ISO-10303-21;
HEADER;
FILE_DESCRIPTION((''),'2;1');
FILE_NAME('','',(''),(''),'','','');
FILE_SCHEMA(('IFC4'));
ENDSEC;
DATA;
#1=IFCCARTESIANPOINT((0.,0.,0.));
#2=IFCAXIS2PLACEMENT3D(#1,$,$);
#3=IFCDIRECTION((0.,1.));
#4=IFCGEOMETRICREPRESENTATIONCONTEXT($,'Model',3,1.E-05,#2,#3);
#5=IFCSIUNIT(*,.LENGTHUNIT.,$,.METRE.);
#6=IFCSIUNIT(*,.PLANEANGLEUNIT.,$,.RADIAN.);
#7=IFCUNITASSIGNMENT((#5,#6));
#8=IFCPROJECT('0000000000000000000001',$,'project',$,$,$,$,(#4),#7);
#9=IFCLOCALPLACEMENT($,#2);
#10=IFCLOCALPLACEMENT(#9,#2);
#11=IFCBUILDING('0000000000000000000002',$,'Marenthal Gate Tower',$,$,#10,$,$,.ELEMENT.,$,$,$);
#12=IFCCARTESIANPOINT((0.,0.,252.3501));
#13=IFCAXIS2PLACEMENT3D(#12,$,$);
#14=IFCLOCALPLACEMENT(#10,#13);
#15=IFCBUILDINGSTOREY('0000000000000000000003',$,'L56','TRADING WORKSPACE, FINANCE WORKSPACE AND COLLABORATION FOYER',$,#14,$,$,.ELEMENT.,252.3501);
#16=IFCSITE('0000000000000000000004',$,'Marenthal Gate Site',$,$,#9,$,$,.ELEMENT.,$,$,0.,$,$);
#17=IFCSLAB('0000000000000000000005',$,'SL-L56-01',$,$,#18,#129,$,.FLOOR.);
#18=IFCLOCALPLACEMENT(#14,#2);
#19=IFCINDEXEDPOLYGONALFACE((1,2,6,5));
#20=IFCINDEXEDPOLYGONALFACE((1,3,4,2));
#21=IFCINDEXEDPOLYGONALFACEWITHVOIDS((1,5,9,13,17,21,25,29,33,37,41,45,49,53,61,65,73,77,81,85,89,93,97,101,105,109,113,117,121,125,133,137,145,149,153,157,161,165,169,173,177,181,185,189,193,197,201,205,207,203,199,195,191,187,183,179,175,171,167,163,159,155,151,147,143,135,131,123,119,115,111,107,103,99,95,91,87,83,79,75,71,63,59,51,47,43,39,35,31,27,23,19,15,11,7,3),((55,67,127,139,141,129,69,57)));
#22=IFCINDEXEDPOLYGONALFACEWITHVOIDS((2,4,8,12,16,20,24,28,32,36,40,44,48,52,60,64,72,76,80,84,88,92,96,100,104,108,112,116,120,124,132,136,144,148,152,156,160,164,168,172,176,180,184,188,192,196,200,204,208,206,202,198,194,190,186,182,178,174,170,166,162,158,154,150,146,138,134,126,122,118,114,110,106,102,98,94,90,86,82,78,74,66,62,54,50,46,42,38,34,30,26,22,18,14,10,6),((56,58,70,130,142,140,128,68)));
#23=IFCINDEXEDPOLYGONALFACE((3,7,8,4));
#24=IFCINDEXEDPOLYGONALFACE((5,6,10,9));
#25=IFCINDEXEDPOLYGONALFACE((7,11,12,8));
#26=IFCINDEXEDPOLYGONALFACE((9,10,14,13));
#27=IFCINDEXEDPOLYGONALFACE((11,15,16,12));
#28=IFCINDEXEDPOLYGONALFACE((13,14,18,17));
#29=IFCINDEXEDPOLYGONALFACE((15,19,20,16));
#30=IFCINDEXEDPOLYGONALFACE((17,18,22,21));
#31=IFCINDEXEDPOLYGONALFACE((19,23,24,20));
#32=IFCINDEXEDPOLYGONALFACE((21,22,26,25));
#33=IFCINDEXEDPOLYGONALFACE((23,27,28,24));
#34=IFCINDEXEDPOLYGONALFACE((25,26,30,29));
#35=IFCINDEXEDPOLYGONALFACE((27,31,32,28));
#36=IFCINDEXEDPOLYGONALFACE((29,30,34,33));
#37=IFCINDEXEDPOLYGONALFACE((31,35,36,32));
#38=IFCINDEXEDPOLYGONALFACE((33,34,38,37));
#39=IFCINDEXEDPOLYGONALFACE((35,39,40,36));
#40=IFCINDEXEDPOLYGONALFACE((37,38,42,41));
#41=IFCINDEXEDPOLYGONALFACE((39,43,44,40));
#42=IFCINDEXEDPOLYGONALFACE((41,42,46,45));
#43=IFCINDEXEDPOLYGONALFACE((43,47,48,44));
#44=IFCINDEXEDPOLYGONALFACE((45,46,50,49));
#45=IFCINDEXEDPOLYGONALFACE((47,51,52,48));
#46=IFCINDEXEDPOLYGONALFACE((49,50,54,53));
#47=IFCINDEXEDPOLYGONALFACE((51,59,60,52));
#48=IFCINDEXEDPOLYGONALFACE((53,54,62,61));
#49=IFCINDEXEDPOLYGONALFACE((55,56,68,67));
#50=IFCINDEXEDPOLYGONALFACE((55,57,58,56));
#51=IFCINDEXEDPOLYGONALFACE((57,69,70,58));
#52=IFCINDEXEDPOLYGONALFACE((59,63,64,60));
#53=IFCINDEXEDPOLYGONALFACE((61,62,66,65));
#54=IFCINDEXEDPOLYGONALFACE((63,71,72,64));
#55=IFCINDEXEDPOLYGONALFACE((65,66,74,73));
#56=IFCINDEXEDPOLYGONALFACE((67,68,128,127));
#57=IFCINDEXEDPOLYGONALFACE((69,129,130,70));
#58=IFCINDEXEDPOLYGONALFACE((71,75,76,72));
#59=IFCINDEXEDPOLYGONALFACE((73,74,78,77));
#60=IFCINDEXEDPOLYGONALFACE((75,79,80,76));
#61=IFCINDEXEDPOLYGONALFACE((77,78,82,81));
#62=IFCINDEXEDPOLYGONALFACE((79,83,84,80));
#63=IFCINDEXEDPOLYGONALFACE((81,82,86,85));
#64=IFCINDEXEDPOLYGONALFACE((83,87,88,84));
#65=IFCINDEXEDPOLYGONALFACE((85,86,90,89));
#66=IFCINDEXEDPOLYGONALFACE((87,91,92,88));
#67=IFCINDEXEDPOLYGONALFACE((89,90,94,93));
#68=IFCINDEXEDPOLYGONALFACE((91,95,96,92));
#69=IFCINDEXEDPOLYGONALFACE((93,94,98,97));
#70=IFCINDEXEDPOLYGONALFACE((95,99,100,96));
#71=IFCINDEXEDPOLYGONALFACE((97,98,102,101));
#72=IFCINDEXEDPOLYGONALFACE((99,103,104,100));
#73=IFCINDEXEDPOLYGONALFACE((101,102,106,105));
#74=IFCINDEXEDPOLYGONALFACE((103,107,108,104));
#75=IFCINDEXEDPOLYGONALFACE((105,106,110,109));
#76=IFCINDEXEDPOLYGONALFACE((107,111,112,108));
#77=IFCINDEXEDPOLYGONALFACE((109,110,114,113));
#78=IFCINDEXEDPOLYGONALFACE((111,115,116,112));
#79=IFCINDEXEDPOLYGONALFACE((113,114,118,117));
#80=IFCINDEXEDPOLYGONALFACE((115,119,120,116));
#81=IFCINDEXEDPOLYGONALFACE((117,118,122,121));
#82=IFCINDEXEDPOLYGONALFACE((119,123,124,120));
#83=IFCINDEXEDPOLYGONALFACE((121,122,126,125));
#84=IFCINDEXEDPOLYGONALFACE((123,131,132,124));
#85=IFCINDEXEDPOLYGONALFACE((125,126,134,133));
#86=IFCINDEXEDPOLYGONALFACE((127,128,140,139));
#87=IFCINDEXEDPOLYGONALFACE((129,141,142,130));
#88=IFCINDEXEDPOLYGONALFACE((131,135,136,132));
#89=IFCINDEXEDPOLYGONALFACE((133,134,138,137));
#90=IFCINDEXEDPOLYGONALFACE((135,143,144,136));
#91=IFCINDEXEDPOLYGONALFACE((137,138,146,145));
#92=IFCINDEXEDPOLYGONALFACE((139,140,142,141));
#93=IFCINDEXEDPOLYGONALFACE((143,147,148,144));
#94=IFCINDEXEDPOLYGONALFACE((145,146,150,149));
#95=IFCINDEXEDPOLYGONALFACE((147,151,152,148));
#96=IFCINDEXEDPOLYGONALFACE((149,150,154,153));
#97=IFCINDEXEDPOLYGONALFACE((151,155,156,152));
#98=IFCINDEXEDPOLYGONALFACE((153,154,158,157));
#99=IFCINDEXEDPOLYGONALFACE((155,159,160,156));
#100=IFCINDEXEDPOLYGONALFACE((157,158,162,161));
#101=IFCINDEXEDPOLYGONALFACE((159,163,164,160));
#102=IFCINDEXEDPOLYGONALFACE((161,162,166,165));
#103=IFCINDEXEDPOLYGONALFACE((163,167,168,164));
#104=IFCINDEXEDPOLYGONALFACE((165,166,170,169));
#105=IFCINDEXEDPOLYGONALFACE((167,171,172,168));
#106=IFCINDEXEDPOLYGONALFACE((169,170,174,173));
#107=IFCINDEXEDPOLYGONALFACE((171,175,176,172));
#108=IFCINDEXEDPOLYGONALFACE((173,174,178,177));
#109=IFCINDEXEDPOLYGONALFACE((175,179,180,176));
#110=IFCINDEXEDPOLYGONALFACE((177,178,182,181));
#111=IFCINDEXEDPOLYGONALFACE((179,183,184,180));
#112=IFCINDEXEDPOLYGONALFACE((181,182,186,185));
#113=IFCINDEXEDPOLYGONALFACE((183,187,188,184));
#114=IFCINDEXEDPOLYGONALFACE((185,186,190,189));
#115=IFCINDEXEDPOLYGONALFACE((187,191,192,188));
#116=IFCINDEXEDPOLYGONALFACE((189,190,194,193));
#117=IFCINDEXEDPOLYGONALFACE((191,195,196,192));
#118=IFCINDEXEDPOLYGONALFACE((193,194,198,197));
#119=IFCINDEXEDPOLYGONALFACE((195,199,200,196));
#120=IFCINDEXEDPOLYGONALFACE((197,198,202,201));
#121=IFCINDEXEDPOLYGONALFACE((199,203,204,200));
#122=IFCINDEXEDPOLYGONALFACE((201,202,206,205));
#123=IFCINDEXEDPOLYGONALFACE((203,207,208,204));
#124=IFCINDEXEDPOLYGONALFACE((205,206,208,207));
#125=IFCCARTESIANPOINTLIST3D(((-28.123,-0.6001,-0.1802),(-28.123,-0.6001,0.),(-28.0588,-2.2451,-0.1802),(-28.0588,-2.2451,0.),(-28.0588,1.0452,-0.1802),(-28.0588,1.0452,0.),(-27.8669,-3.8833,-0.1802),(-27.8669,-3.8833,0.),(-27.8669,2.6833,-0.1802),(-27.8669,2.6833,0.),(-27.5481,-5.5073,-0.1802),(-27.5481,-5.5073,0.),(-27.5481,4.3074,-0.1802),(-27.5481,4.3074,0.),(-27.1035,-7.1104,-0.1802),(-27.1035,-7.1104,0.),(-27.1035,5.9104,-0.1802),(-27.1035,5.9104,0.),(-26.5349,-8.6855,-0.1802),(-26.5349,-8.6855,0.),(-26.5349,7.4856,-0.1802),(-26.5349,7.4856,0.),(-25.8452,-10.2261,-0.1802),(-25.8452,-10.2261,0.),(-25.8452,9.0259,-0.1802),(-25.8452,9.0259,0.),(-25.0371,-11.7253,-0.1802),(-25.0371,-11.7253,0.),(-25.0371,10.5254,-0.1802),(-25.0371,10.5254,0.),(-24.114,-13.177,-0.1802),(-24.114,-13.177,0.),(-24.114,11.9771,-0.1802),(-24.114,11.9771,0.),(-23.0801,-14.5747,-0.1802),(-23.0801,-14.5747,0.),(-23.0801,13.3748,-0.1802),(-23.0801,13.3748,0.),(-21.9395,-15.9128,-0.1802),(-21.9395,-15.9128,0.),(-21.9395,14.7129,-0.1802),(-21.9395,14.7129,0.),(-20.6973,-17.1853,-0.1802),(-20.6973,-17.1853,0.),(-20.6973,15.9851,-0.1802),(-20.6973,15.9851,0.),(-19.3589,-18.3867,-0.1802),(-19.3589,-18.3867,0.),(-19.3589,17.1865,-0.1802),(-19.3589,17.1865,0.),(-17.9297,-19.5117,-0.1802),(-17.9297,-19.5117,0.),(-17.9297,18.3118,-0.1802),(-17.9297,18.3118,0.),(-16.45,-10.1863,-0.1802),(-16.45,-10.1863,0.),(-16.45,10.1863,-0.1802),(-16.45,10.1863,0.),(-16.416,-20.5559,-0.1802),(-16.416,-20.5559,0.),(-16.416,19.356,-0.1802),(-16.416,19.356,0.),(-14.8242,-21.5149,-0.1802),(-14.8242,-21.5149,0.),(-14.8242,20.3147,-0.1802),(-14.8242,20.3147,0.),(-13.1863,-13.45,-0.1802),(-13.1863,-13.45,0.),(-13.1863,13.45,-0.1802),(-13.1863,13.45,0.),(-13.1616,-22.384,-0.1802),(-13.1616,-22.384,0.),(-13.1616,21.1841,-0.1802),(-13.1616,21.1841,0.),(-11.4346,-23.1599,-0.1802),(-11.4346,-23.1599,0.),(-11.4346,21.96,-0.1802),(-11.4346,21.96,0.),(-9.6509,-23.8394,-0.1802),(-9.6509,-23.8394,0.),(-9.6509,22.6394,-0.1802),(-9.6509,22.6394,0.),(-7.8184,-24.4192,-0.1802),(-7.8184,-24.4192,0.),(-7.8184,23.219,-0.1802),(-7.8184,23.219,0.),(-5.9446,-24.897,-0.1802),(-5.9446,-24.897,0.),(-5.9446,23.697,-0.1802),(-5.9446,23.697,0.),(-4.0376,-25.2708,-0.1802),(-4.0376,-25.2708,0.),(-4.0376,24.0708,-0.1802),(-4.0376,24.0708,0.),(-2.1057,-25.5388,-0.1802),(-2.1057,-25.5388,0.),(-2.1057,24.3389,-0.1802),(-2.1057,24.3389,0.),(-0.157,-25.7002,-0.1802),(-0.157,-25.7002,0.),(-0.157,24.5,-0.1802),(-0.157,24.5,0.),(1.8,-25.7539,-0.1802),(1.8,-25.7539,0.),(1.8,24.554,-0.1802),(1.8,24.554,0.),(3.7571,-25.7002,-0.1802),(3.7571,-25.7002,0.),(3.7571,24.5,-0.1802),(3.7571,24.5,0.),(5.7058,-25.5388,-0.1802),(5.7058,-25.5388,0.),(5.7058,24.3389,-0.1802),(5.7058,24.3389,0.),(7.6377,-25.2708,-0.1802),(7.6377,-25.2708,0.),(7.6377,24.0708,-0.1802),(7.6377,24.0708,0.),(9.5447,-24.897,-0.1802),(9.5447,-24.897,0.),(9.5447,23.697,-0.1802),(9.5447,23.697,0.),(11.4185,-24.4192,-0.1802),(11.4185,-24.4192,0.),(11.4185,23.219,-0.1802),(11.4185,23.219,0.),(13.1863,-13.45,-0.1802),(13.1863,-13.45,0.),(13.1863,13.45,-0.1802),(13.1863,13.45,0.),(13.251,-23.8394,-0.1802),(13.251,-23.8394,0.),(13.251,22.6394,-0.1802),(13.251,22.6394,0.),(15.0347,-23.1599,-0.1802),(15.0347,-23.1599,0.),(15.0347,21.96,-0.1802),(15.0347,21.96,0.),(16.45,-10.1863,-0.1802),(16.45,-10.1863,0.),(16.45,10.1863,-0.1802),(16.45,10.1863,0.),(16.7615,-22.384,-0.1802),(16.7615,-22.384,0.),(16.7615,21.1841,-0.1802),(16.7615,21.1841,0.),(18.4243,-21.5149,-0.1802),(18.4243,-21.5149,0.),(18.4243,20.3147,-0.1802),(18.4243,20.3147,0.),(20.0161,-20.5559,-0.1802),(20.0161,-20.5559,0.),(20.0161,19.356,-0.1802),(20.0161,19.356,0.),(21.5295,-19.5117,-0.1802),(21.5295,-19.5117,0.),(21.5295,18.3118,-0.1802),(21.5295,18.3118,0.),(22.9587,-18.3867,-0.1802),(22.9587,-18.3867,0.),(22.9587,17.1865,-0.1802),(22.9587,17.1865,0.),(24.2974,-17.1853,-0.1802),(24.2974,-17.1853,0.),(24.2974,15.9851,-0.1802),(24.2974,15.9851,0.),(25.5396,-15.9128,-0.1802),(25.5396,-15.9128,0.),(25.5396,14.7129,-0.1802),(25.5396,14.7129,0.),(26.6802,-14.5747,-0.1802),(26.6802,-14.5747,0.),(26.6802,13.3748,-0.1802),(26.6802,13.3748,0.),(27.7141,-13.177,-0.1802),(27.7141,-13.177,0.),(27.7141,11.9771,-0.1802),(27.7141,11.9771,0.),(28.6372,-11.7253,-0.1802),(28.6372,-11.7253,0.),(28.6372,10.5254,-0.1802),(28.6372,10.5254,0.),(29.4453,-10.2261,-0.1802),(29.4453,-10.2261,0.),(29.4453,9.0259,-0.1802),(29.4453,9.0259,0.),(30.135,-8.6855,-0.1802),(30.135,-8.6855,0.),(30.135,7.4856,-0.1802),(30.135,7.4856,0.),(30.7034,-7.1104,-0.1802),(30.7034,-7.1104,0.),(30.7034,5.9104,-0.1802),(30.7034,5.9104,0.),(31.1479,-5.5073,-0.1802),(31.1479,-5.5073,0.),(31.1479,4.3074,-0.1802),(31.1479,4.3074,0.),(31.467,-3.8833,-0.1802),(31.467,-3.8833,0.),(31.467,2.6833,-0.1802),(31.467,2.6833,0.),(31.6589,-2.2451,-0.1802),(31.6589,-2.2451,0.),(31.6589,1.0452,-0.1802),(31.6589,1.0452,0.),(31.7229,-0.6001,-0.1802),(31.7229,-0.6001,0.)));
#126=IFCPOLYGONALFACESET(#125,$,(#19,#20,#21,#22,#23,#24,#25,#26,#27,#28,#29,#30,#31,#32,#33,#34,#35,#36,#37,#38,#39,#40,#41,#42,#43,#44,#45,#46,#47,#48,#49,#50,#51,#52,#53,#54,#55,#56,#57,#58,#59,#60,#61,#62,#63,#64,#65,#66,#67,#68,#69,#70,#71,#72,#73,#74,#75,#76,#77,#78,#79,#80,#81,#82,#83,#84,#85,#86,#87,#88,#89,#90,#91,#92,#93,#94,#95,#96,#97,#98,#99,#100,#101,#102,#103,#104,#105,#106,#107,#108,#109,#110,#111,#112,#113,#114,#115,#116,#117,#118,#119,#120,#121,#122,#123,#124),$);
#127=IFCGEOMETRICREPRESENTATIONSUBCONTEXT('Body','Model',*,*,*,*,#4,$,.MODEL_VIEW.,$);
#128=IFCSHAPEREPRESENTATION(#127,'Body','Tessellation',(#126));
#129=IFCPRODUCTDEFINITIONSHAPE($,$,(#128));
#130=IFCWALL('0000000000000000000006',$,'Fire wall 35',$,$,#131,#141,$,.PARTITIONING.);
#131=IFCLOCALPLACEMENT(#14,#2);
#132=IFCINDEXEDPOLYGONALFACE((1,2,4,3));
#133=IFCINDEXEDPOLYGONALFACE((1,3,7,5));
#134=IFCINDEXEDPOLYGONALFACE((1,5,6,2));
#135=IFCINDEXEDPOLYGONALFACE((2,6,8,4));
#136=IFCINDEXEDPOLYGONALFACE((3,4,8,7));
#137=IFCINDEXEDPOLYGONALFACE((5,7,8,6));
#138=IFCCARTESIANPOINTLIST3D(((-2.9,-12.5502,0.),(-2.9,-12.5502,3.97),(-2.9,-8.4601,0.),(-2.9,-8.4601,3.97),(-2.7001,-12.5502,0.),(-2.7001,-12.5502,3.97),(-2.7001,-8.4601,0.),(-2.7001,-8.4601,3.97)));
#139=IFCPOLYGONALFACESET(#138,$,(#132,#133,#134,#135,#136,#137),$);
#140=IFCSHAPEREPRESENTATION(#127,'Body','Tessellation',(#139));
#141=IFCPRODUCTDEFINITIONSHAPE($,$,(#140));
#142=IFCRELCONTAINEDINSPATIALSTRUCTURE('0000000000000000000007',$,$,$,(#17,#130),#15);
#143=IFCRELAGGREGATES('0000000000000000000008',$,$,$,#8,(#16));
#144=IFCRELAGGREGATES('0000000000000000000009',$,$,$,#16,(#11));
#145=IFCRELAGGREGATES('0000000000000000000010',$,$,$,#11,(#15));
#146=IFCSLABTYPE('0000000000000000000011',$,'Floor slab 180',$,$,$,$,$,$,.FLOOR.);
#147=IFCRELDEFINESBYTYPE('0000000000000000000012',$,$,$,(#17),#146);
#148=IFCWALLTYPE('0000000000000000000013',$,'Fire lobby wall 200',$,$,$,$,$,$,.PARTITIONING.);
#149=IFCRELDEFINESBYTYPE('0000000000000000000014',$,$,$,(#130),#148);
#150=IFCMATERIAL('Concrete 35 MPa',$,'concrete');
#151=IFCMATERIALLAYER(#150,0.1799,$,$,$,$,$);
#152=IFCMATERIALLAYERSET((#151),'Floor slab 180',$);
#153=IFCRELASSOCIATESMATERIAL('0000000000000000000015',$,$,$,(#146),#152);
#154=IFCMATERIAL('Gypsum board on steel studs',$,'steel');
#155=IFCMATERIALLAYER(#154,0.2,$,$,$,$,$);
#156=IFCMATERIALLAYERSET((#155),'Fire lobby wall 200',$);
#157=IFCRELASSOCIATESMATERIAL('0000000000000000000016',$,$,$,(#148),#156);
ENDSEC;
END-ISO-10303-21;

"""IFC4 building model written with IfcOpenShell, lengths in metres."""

from ifc_helpers import new_model, si_unit, direction, frame, frame_2d, origin, place, context, subcontext, project, spatial, polyline, rectangle, outline, extrude, material, layer, layer_set, type_object, element, save


model = new_model("IFC4")

# Units and contexts
model_context = context("Model", 3, precision=1e-05, world=origin(), true_north=direction((0.0, 1.0)))
body_context = subcontext(model_context, "Body", "Model", "MODEL_VIEW")
ifc_project = project(units=[si_unit("LENGTHUNIT", "METRE"), si_unit("PLANEANGLEUNIT", "RADIAN")], contexts=[model_context])

# Site, building, storey
site_placement = place(None, origin())
site = spatial("IfcSite", under=ifc_project, at=site_placement, Name="Marenthal Gate Site", CompositionType="ELEMENT", RefElevation=0.0)
building_placement = place(site_placement, origin())
building = spatial("IfcBuilding", under=site, at=building_placement, Name="Marenthal Gate Tower", CompositionType="ELEMENT")
storey_placement = place(building_placement, frame((0.0, 0.0, 252.3501)))
storey = spatial("IfcBuildingStorey", under=building, at=storey_placement, Name="L56", Description="TRADING WORKSPACE, FINANCE WORKSPACE AND COLLABORATION FOYER", CompositionType="ELEMENT", Elevation=252.3501)

# Slab
ifc_material_1 = material(Name="Concrete 35 MPa", Category="concrete")
ifc_layer_1 = layer(ifc_material_1, 0.1799)
ifc_layer_set_1 = layer_set([ifc_layer_1], Name="Floor slab 180")
slab_type_1 = type_object("IfcSlabType", Name="Floor slab 180", PredefinedType="FLOOR", material=ifc_layer_set_1)
slab_1_placement = place(storey_placement, frame((0.0, 0.0, -0.1802)))
element("IfcSlab", 1, at=slab_1_placement, inside=storey, type_object=slab_type_1, Name="SL-L56-01", PredefinedType="FLOOR", context=body_context, shape_type="SweptSolid", body=[
    extrude(outline(polyline([(31.7229, -0.6001), (31.6589, 1.0452), (31.467, 2.6833), (31.1479, 4.3074), (30.7034, 5.9104), (30.135, 7.4856), (29.4453, 9.0259), (28.6372, 10.5254), (27.7141, 11.9771), (26.6802, 13.3748), (25.5396, 14.7129), (24.2974, 15.9851), (22.9587, 17.1865), (21.5295, 18.3118), (20.0161, 19.356), (18.4243, 20.3147), (16.7615, 21.1841), (15.0347, 21.96), (13.251, 22.6394), (11.4185, 23.219), (9.5447, 23.697), (7.6377, 24.0708), (5.7058, 24.3389), (3.7571, 24.5), (1.8, 24.554), (-0.157, 24.5), (-2.1057, 24.3389), (-4.0376, 24.0708), (-5.9446, 23.697), (-7.8184, 23.219), (-9.6509, 22.6394), (-11.4346, 21.96), (-13.1616, 21.1841), (-14.8242, 20.3147), (-16.416, 19.356), (-17.9297, 18.3118), (-19.3589, 17.1865), (-20.6973, 15.9851), (-21.9395, 14.7129), (-23.0801, 13.3748), (-24.114, 11.9771), (-25.0371, 10.5254), (-25.8452, 9.0259), (-26.5349, 7.4856), (-27.1035, 5.9104), (-27.5481, 4.3074), (-27.8669, 2.6833), (-28.0588, 1.0452), (-28.123, -0.6001), (-28.0588, -2.2451), (-27.8669, -3.8833), (-27.5481, -5.5073), (-27.1035, -7.1104), (-26.5349, -8.6855), (-25.8452, -10.2261), (-25.0371, -11.7253), (-24.114, -13.177), (-23.0801, -14.5747), (-21.9395, -15.9128), (-20.6973, -17.1853), (-19.3589, -18.3867), (-17.9297, -19.5117), (-16.416, -20.5559), (-14.8242, -21.5149), (-13.1616, -22.384), (-11.4346, -23.1599), (-9.6509, -23.8394), (-7.8184, -24.4192), (-5.9446, -24.897), (-4.0376, -25.2708), (-2.1057, -25.5388), (-0.157, -25.7002), (1.8, -25.7539), (3.7571, -25.7002), (5.7058, -25.5388), (7.6377, -25.2708), (9.5447, -24.897), (11.4185, -24.4192), (13.251, -23.8394), (15.0347, -23.1599), (16.7615, -22.384), (18.4243, -21.5149), (20.0161, -20.5559), (21.5295, -19.5117), (22.9587, -18.3867), (24.2974, -17.1853), (25.5396, -15.9128), (26.6802, -14.5747), (27.7141, -13.177), (28.6372, -11.7253), (29.4453, -10.2261), (30.135, -8.6855), (30.7034, -7.1104), (31.1479, -5.5073), (31.467, -3.8833), (31.6589, -2.2451), (31.7229, -0.6001)]), holes=[polyline([(13.1863, -13.45), (16.45, -10.1863), (16.45, 10.1863), (13.1863, 13.45), (-13.1863, 13.45), (-16.45, 10.1863), (-16.45, -10.1863), (-13.1863, -13.45), (13.1863, -13.45)])]), origin(), (0.0, 0.0, 1.0), 0.1802),
])

# Wall
ifc_material_2 = material(Name="Gypsum board on steel studs", Category="steel")
ifc_layer_2 = layer(ifc_material_2, 0.2)
ifc_layer_set_2 = layer_set([ifc_layer_2], Name="Fire lobby wall 200")
wall_type_1 = type_object("IfcWallType", Name="Fire lobby wall 200", PredefinedType="PARTITIONING", material=ifc_layer_set_2)
wall_1_placement = place(storey_placement, frame((-2.8, -12.55, 0.0), z_axis=(0.0, 0.0, 1.0), x_axis=(0.0, 1.0, 0.0)))
element("IfcWall", 2, at=wall_1_placement, inside=storey, type_object=wall_type_1, Name="Fire wall 35", PredefinedType="PARTITIONING", context=body_context, shape_type="SweptSolid", body=[
    extrude(rectangle(XDim=4.0901, YDim=0.2, at=frame_2d((2.0449, 0.0))), origin(), (0.0, 0.0, 1.0), 3.97),
])

save(model, "model.ifc")
